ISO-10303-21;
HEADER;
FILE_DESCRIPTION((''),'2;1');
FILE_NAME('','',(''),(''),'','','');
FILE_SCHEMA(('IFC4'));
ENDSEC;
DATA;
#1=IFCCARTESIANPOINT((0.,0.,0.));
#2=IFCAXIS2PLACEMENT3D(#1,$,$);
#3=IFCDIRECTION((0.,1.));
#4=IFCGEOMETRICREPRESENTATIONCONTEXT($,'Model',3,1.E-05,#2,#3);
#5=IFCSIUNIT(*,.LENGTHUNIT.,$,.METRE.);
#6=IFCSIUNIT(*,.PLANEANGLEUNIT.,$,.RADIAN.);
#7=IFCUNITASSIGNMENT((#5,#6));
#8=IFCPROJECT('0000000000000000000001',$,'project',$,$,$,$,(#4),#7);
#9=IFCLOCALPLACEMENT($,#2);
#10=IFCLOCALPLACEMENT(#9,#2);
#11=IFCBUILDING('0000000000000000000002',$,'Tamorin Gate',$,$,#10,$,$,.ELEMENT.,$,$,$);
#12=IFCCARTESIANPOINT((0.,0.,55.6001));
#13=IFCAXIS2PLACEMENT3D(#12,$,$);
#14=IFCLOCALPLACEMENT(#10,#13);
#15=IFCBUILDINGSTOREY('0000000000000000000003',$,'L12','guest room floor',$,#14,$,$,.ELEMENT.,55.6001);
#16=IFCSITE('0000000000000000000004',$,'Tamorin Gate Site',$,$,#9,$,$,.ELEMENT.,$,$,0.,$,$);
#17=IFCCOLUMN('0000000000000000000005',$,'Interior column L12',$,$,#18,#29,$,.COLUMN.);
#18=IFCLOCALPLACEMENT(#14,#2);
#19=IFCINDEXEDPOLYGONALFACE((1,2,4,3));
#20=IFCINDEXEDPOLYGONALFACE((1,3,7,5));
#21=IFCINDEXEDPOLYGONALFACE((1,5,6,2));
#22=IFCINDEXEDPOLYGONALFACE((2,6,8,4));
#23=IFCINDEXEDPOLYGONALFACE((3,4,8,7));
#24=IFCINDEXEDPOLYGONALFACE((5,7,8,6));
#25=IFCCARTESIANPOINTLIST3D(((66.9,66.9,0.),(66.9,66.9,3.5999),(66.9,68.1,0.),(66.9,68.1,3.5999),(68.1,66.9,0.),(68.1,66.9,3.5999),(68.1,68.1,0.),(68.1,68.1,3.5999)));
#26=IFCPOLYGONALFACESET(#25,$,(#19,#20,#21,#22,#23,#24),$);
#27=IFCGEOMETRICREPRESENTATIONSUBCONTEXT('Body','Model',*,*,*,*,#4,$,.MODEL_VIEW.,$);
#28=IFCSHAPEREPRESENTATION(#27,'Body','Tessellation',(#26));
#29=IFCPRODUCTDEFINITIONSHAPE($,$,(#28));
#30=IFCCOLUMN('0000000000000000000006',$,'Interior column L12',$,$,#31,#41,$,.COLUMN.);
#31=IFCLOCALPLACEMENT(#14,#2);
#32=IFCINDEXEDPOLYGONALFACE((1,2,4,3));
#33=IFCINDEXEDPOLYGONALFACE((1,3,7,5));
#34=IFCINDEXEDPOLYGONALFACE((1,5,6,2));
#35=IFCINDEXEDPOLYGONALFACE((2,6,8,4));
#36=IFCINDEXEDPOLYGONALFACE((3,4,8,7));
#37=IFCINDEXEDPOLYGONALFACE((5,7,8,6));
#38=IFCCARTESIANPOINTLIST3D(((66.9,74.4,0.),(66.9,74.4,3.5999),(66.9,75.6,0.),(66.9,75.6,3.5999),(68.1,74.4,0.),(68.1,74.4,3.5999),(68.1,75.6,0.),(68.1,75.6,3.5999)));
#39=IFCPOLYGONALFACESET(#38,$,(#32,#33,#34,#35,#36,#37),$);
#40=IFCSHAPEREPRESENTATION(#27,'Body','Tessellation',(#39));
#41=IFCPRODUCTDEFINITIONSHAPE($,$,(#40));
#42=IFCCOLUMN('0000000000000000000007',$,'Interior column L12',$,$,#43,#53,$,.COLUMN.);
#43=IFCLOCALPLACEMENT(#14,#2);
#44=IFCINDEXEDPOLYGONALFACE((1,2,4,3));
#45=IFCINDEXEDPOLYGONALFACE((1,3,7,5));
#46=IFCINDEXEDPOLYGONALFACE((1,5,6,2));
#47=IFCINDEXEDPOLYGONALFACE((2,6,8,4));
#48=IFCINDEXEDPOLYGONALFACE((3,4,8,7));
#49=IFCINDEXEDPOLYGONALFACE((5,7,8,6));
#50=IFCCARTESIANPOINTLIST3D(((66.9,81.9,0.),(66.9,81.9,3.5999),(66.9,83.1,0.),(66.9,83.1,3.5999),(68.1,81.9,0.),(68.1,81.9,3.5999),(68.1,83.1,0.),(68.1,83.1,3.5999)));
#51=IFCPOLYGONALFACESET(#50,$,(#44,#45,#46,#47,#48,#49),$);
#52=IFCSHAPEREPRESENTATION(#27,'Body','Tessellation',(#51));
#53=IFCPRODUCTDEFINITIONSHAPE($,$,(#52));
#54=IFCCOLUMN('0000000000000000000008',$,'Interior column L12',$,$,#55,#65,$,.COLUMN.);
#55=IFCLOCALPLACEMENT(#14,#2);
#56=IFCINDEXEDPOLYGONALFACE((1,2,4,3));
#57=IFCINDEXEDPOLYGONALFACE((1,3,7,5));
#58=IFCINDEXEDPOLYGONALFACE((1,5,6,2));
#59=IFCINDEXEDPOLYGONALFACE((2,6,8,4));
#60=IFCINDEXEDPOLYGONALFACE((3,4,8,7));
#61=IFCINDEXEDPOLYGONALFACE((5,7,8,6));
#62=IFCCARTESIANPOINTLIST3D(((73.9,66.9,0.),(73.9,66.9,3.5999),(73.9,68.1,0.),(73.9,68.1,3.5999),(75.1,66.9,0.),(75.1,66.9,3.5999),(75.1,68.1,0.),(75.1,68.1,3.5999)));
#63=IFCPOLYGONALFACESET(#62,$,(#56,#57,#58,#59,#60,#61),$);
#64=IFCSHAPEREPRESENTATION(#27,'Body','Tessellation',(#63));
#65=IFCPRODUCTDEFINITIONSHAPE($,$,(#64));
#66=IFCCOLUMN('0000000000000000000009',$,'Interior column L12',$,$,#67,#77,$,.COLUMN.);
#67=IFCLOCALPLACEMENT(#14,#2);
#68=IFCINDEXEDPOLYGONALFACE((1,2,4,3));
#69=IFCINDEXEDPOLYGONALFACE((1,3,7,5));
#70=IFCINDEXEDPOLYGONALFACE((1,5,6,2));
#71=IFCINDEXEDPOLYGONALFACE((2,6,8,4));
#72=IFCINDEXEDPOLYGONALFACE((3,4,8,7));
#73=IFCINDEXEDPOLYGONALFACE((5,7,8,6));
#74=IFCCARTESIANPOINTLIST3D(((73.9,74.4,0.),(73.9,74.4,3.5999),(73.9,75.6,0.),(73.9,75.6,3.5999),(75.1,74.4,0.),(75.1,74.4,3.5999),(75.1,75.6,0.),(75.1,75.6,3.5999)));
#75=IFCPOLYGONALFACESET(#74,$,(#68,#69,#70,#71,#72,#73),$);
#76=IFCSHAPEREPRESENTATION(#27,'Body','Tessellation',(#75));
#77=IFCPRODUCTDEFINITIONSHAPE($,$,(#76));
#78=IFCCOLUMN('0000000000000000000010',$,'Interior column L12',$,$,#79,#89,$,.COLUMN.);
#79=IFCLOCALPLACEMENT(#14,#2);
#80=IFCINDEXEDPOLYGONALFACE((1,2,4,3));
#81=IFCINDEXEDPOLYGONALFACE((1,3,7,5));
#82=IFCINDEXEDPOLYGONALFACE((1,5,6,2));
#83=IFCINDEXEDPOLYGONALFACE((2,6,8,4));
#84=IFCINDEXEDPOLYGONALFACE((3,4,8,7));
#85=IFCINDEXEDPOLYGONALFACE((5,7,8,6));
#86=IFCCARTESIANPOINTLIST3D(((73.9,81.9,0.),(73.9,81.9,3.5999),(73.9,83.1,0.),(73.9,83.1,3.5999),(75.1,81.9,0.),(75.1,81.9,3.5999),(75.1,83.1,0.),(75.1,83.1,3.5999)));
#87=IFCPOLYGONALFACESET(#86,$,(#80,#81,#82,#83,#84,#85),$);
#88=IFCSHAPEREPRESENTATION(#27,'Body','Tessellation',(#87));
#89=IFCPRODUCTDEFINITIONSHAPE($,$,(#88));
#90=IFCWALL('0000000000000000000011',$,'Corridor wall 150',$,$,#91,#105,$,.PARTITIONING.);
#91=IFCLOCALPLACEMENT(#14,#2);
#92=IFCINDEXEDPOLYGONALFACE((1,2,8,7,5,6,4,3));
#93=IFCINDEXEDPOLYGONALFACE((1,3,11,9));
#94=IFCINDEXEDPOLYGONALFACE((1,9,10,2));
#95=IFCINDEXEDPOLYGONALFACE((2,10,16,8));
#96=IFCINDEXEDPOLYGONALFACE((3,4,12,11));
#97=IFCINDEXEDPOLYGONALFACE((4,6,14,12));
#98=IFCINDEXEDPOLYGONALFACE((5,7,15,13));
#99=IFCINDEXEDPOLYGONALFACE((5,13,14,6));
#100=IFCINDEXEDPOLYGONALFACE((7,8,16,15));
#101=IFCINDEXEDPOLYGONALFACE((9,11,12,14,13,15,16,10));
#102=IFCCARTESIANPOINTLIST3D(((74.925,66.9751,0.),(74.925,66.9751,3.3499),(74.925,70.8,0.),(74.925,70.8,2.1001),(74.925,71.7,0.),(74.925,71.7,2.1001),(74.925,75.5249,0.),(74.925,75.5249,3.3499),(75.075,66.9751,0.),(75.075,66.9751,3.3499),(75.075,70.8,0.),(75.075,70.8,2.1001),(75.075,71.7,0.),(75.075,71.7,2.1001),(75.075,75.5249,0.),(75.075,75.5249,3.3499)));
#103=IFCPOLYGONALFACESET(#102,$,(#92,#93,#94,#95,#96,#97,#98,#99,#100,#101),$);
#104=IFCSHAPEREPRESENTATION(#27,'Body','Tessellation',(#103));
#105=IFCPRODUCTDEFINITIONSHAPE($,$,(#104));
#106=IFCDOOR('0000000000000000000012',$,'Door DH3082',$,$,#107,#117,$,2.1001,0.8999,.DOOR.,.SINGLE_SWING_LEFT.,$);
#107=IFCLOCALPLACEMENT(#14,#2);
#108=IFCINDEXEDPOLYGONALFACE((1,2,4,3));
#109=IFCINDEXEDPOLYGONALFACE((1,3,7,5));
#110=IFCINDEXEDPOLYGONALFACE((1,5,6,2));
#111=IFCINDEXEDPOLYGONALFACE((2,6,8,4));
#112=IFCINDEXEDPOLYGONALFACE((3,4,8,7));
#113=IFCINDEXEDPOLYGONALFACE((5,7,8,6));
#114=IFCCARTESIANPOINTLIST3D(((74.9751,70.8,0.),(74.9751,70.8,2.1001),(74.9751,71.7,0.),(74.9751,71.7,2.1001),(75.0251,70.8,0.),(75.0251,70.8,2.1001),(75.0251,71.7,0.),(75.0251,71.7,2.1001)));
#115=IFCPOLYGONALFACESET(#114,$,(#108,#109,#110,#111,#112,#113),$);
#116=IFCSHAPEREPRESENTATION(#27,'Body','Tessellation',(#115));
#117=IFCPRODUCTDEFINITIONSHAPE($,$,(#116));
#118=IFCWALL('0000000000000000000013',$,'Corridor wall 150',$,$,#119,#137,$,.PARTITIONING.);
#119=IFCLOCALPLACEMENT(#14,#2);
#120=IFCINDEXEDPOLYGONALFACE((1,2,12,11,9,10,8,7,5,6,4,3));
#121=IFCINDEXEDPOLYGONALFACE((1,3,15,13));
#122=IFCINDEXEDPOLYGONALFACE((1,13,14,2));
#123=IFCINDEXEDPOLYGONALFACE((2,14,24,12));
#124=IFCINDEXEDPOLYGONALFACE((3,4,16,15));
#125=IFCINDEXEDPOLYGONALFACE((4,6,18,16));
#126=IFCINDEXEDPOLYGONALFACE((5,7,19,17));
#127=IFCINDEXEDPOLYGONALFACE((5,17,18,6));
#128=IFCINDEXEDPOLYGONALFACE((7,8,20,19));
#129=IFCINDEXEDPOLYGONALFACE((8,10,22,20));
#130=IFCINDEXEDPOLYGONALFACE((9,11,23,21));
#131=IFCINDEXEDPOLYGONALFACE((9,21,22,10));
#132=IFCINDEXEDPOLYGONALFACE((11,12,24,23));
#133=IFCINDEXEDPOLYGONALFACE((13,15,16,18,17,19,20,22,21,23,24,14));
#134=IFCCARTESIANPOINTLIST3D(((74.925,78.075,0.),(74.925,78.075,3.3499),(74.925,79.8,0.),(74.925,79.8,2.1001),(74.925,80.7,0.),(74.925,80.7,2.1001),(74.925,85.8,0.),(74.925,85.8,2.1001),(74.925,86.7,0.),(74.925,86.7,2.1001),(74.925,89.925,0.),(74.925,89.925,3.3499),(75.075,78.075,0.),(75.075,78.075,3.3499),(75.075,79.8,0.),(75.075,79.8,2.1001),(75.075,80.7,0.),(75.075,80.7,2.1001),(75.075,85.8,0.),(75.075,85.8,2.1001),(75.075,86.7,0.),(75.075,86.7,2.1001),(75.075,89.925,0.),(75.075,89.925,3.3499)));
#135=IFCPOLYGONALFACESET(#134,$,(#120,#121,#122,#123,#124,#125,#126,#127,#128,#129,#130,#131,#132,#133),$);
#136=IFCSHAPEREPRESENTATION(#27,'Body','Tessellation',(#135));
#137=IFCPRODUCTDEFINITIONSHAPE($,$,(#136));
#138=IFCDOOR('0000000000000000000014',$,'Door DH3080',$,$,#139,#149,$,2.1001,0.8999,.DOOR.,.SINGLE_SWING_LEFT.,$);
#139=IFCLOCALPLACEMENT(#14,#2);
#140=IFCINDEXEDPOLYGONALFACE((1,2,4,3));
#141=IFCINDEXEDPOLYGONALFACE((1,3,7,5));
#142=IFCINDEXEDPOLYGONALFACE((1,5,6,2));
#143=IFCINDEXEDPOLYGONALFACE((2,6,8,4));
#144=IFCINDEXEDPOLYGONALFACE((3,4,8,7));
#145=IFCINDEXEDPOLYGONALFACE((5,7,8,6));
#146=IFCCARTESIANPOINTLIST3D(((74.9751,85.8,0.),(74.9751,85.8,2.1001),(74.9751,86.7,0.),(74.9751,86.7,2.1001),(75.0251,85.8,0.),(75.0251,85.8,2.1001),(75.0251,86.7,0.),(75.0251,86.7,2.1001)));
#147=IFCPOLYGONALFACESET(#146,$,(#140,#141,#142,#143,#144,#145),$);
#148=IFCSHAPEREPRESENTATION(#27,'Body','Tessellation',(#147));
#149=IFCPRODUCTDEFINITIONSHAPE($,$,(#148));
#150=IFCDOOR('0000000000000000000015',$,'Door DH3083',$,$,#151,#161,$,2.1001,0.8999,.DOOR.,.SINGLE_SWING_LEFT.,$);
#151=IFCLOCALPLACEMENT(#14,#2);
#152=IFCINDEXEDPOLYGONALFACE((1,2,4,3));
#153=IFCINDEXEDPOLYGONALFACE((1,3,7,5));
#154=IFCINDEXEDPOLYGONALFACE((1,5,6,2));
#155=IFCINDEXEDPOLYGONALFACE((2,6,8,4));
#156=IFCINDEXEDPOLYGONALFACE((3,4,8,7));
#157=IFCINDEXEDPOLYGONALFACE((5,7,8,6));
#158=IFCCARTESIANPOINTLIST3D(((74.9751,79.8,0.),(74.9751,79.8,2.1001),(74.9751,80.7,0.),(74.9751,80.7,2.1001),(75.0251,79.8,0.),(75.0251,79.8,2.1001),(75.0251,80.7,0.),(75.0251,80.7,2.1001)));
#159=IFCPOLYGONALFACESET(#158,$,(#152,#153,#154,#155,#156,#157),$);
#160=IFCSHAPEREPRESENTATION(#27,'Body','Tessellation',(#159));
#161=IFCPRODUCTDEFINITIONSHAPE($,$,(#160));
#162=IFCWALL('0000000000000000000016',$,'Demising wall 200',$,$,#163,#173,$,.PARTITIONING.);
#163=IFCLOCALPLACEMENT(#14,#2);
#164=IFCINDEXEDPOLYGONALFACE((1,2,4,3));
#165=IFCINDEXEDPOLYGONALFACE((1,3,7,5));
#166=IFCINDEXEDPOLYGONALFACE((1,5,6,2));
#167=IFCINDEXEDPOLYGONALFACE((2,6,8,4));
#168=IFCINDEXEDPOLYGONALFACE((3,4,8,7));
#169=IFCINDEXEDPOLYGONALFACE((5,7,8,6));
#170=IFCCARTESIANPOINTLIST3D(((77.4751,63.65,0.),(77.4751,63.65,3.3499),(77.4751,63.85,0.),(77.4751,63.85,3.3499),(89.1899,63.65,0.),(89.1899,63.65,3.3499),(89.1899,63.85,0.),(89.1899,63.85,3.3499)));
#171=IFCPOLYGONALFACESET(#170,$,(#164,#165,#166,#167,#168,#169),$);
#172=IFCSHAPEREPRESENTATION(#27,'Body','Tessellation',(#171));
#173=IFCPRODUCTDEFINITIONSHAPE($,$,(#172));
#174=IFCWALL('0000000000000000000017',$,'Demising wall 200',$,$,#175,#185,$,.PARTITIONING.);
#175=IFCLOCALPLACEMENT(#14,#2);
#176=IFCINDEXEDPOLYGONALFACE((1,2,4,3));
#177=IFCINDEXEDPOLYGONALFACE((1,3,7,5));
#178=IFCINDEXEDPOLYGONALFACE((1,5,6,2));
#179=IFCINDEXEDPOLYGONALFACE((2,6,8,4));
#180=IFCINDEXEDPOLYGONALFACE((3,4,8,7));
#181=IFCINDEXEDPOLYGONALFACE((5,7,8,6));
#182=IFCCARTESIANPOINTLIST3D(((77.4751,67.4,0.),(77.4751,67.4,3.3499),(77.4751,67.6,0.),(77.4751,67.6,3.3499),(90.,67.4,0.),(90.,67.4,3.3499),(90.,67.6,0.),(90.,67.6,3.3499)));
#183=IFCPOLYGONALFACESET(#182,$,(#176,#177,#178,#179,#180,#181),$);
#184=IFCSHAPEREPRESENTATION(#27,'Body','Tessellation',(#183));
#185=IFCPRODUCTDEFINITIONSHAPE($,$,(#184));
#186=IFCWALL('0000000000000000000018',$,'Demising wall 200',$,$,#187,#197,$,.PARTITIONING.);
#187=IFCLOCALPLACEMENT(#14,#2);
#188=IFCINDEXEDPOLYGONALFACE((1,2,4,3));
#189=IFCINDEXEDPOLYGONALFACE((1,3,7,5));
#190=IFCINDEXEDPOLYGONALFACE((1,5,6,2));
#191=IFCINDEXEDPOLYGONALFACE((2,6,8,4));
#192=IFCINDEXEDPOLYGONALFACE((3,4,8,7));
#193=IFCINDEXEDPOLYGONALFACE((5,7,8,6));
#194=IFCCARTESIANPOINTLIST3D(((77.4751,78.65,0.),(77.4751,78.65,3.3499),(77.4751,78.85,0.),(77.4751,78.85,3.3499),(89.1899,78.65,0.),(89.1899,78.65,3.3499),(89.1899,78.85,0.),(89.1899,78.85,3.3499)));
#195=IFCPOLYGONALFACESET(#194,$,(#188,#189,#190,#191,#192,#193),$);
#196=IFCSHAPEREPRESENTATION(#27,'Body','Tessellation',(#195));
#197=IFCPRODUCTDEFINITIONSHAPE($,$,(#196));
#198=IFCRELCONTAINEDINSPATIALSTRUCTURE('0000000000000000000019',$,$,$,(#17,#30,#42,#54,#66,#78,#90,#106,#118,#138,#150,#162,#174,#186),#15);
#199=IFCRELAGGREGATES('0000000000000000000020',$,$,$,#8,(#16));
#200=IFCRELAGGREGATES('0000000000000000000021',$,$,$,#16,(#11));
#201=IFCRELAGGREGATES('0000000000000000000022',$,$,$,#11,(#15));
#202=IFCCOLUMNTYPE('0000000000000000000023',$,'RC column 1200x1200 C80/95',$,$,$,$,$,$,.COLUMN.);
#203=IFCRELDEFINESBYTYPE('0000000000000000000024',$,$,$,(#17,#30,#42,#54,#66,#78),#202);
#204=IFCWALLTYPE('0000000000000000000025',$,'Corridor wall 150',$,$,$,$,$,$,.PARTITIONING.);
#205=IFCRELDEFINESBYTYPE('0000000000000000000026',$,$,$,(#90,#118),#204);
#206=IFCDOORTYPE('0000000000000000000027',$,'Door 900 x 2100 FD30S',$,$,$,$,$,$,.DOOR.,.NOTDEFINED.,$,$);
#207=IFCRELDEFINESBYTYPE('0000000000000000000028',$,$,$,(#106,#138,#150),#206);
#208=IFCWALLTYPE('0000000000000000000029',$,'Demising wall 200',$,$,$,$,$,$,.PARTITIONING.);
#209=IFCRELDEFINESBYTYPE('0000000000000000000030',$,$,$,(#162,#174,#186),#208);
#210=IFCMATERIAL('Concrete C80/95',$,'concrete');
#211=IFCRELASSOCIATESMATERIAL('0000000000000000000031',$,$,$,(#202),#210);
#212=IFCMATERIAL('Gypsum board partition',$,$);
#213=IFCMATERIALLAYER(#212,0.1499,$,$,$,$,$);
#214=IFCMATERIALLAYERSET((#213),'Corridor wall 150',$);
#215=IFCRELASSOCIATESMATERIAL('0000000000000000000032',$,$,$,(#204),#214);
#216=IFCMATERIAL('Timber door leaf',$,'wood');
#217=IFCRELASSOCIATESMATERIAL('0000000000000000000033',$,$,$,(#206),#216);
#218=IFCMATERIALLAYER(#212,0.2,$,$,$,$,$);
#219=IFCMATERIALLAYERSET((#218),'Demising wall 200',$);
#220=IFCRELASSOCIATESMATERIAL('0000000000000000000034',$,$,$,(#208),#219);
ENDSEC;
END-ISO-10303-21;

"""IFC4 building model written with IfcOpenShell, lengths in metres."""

from ifc_helpers import new_model, si_unit, direction, frame, frame_2d, origin, origin_2d, place, context, subcontext, project, spatial, rectangle, extrude, material, layer, layer_set, material_profile, profile_set, type_object, element, fill, save


model = new_model("IFC4")

# Units and contexts
model_context = context("Model", 3, precision=1e-05, world=origin(), true_north=direction((0.0, 1.0)))
body_context = subcontext(model_context, "Body", "Model", "MODEL_VIEW")
ifc_project = project(units=[si_unit("LENGTHUNIT", "METRE"), si_unit("PLANEANGLEUNIT", "RADIAN")], contexts=[model_context])

# Site, building, storey
site_placement = place(None, origin())
site = spatial("IfcSite", under=ifc_project, at=site_placement, Name="Tamorin Gate Site", CompositionType="ELEMENT", RefElevation=0.0)
building_placement = place(site_placement, origin())
building = spatial("IfcBuilding", under=site, at=building_placement, Name="Tamorin Gate", CompositionType="ELEMENT")
storey_placement = place(building_placement, frame((0.0, 0.0, 55.6001)))
storey = spatial("IfcBuildingStorey", under=building, at=storey_placement, Name="L12", Description="guest room floor", CompositionType="ELEMENT", Elevation=55.6001)

# Columns
ifc_material_1 = material(Name="Concrete C80/95", Category="concrete")
ifc_material_profile = material_profile(ifc_material_1, rectangle(XDim=1.2, YDim=1.2, at=origin_2d()), Name="RC 1200x1200")
ifc_profile_set = profile_set([ifc_material_profile], Name="Concrete C80/95")
column_type = type_object("IfcColumnType", Name="RC column 1200x1200 C80/95", PredefinedType="COLUMN", material=ifc_profile_set)
for number, where, z_axis, x_axis, name in (
    (1, (67.5, 67.5, 0.0), (0.0, 0.0, 1.0), (1.0, 0.0, 0.0), "Interior column L12"),
    (2, (67.5, 75.0, 0.0), (0.0, 0.0, 1.0), (1.0, 0.0, 0.0), "Interior column L12"),
    (3, (67.5, 82.5, 0.0), (0.0, 0.0, 1.0), (1.0, 0.0, 0.0), "Interior column L12"),
    (4, (74.5, 67.5, 0.0), (0.0, 0.0, 1.0), (1.0, 0.0, 0.0), "Interior column L12"),
    (5, (74.5, 75.0, 0.0), (0.0, 0.0, 1.0), (1.0, 0.0, 0.0), "Interior column L12"),
    (6, (74.5, 82.5, 0.0), (0.0, 0.0, 1.0), (1.0, 0.0, 0.0), "Interior column L12"),
):
    element("IfcColumn", number, at=place(storey_placement, frame(where, z_axis=z_axis, x_axis=x_axis)), inside=storey, type_object=column_type, Name=name, PredefinedType="COLUMN", context=body_context, shape_type="SweptSolid", body=[
        extrude(rectangle(XDim=1.2, YDim=1.2, at=origin_2d()), origin(), (0.0, 0.0, 1.0), 3.5999),
    ])

# Wall, opening, door
ifc_material_2 = material(Name="Gypsum board partition")
ifc_layer_1 = layer(ifc_material_2, 0.1499)
ifc_layer_set_1 = layer_set([ifc_layer_1], Name="Corridor wall 150")
wall_type_1 = type_object("IfcWallType", Name="Corridor wall 150", PredefinedType="PARTITIONING", material=ifc_layer_set_1)
wall_1_placement = place(storey_placement, frame((75.0, 66.9751, 0.0), z_axis=(0.0, 0.0, 1.0), x_axis=(0.0, 1.0, 0.0)))
wall_1 = element("IfcWall", 7, at=wall_1_placement, inside=storey, type_object=wall_type_1, Name="Corridor wall 150", PredefinedType="PARTITIONING", context=body_context, shape_type="SweptSolid", body=[
    extrude(rectangle(XDim=8.5498, YDim=0.1499, at=frame_2d((4.2749, 0.0))), origin(), (0.0, 0.0, 1.0), 3.3499),
])
opening_1_placement = place(wall_1_placement, frame((3.825, 0.0, 0.0)))
opening_1 = element("IfcOpeningElement", 8, at=opening_1_placement, cuts=wall_1, PredefinedType="OPENING", context=body_context, shape_type="SweptSolid", body=[
    extrude(rectangle(XDim=0.8999, YDim=2.1001, at=frame_2d((0.45, 1.05))), frame((0.0, 0.085, 0.0), z_axis=(0.0, -1.0, 0.0), x_axis=(1.0, 0.0, 0.0)), (0.0, 0.0, 1.0), 0.1699),
])
ifc_material_3 = material(Name="Timber door leaf", Category="wood")
door_type_1 = type_object("IfcDoorType", Name="Door 900 x 2100 FD30S", OperationType="NOTDEFINED", PredefinedType="DOOR", material=ifc_material_3)
door_1_placement = place(opening_1_placement, origin())
door_1 = element("IfcDoor", 9, at=door_1_placement, inside=storey, type_object=door_type_1, Name="Door DH3082", OperationType="SINGLE_SWING_LEFT", OverallHeight=2.1001, OverallWidth=0.8999, PredefinedType="DOOR", context=body_context, shape_type="SweptSolid", body=[
    extrude(rectangle(XDim=0.8999, YDim=2.1001, at=frame_2d((0.45, 1.05))), frame((0.0, 0.0249, 0.0), z_axis=(0.0, -1.0, 0.0), x_axis=(1.0, 0.0, 0.0)), (0.0, 0.0, 1.0), 0.05),
])
fill(opening_1, door_1)

# Wall, openings, doors
wall_2_placement = place(storey_placement, frame((75.0, 78.075, 0.0), z_axis=(0.0, 0.0, 1.0), x_axis=(0.0, 1.0, 0.0)))
wall_2 = element("IfcWall", 10, at=wall_2_placement, inside=storey, type_object=wall_type_1, Name="Corridor wall 150", PredefinedType="PARTITIONING", context=body_context, shape_type="SweptSolid", body=[
    extrude(rectangle(XDim=11.8501, YDim=0.1499, at=frame_2d((5.925, 0.0))), origin(), (0.0, 0.0, 1.0), 3.3499),
])
opening_2_placement = place(wall_2_placement, frame((7.7251, 0.0, 0.0)))
opening_2 = element("IfcOpeningElement", 11, at=opening_2_placement, cuts=wall_2, PredefinedType="OPENING", context=body_context, shape_type="SweptSolid", body=[
    extrude(rectangle(XDim=0.8999, YDim=2.1001, at=frame_2d((0.45, 1.05))), frame((0.0, 0.085, 0.0), z_axis=(0.0, -1.0, 0.0), x_axis=(1.0, 0.0, 0.0)), (0.0, 0.0, 1.0), 0.1699),
])
opening_3_placement = place(wall_2_placement, frame((1.7251, 0.0, 0.0)))
opening_3 = element("IfcOpeningElement", 12, at=opening_3_placement, cuts=wall_2, PredefinedType="OPENING", context=body_context, shape_type="SweptSolid", body=[
    extrude(rectangle(XDim=0.8999, YDim=2.1001, at=frame_2d((0.45, 1.05))), frame((0.0, 0.085, 0.0), z_axis=(0.0, -1.0, 0.0), x_axis=(1.0, 0.0, 0.0)), (0.0, 0.0, 1.0), 0.1699),
])
door_2_placement = place(opening_2_placement, origin())
door_2 = element("IfcDoor", 13, at=door_2_placement, inside=storey, type_object=door_type_1, Name="Door DH3080", OperationType="SINGLE_SWING_LEFT", OverallHeight=2.1001, OverallWidth=0.8999, PredefinedType="DOOR", context=body_context, shape_type="SweptSolid", body=[
    extrude(rectangle(XDim=0.8999, YDim=2.1001, at=frame_2d((0.45, 1.05))), frame((0.0, 0.0249, 0.0), z_axis=(0.0, -1.0, 0.0), x_axis=(1.0, 0.0, 0.0)), (0.0, 0.0, 1.0), 0.05),
])
fill(opening_2, door_2)
door_3_placement = place(opening_3_placement, origin())
door_3 = element("IfcDoor", 14, at=door_3_placement, inside=storey, type_object=door_type_1, Name="Door DH3083", OperationType="SINGLE_SWING_LEFT", OverallHeight=2.1001, OverallWidth=0.8999, PredefinedType="DOOR", context=body_context, shape_type="SweptSolid", body=[
    extrude(rectangle(XDim=0.8999, YDim=2.1001, at=frame_2d((0.45, 1.05))), frame((0.0, 0.0249, 0.0), z_axis=(0.0, -1.0, 0.0), x_axis=(1.0, 0.0, 0.0)), (0.0, 0.0, 1.0), 0.05),
])
fill(opening_3, door_3)

# Walls
ifc_layer_2 = layer(ifc_material_2, 0.2)
ifc_layer_set_2 = layer_set([ifc_layer_2], Name="Demising wall 200")
wall_type_2 = type_object("IfcWallType", Name="Demising wall 200", PredefinedType="PARTITIONING", material=ifc_layer_set_2)
wall_3_placement = place(storey_placement, frame((77.4751, 63.75, 0.0), z_axis=(0.0, 0.0, 1.0), x_axis=(1.0, 0.0, 0.0)))
element("IfcWall", 15, at=wall_3_placement, inside=storey, type_object=wall_type_2, Name="Demising wall 200", PredefinedType="PARTITIONING", context=body_context, shape_type="SweptSolid", body=[
    extrude(rectangle(XDim=11.7148, YDim=0.2, at=frame_2d((5.8574, 0.0))), origin(), (0.0, 0.0, 1.0), 3.3499),
])
wall_4_placement = place(storey_placement, frame((77.4751, 67.5, 0.0), z_axis=(0.0, 0.0, 1.0), x_axis=(1.0, 0.0, 0.0)))
element("IfcWall", 16, at=wall_4_placement, inside=storey, type_object=wall_type_2, Name="Demising wall 200", PredefinedType="PARTITIONING", context=body_context, shape_type="SweptSolid", body=[
    extrude(rectangle(XDim=12.5249, YDim=0.2, at=frame_2d((6.2625, 0.0))), origin(), (0.0, 0.0, 1.0), 3.3499),
])
wall_5_placement = place(storey_placement, frame((77.4751, 78.75, 0.0), z_axis=(0.0, 0.0, 1.0), x_axis=(1.0, 0.0, 0.0)))
element("IfcWall", 17, at=wall_5_placement, inside=storey, type_object=wall_type_2, Name="Demising wall 200", PredefinedType="PARTITIONING", context=body_context, shape_type="SweptSolid", body=[
    extrude(rectangle(XDim=11.7148, YDim=0.2, at=frame_2d((5.8574, 0.0))), origin(), (0.0, 0.0, 1.0), 3.3499),
])

save(model, "model.ifc")
